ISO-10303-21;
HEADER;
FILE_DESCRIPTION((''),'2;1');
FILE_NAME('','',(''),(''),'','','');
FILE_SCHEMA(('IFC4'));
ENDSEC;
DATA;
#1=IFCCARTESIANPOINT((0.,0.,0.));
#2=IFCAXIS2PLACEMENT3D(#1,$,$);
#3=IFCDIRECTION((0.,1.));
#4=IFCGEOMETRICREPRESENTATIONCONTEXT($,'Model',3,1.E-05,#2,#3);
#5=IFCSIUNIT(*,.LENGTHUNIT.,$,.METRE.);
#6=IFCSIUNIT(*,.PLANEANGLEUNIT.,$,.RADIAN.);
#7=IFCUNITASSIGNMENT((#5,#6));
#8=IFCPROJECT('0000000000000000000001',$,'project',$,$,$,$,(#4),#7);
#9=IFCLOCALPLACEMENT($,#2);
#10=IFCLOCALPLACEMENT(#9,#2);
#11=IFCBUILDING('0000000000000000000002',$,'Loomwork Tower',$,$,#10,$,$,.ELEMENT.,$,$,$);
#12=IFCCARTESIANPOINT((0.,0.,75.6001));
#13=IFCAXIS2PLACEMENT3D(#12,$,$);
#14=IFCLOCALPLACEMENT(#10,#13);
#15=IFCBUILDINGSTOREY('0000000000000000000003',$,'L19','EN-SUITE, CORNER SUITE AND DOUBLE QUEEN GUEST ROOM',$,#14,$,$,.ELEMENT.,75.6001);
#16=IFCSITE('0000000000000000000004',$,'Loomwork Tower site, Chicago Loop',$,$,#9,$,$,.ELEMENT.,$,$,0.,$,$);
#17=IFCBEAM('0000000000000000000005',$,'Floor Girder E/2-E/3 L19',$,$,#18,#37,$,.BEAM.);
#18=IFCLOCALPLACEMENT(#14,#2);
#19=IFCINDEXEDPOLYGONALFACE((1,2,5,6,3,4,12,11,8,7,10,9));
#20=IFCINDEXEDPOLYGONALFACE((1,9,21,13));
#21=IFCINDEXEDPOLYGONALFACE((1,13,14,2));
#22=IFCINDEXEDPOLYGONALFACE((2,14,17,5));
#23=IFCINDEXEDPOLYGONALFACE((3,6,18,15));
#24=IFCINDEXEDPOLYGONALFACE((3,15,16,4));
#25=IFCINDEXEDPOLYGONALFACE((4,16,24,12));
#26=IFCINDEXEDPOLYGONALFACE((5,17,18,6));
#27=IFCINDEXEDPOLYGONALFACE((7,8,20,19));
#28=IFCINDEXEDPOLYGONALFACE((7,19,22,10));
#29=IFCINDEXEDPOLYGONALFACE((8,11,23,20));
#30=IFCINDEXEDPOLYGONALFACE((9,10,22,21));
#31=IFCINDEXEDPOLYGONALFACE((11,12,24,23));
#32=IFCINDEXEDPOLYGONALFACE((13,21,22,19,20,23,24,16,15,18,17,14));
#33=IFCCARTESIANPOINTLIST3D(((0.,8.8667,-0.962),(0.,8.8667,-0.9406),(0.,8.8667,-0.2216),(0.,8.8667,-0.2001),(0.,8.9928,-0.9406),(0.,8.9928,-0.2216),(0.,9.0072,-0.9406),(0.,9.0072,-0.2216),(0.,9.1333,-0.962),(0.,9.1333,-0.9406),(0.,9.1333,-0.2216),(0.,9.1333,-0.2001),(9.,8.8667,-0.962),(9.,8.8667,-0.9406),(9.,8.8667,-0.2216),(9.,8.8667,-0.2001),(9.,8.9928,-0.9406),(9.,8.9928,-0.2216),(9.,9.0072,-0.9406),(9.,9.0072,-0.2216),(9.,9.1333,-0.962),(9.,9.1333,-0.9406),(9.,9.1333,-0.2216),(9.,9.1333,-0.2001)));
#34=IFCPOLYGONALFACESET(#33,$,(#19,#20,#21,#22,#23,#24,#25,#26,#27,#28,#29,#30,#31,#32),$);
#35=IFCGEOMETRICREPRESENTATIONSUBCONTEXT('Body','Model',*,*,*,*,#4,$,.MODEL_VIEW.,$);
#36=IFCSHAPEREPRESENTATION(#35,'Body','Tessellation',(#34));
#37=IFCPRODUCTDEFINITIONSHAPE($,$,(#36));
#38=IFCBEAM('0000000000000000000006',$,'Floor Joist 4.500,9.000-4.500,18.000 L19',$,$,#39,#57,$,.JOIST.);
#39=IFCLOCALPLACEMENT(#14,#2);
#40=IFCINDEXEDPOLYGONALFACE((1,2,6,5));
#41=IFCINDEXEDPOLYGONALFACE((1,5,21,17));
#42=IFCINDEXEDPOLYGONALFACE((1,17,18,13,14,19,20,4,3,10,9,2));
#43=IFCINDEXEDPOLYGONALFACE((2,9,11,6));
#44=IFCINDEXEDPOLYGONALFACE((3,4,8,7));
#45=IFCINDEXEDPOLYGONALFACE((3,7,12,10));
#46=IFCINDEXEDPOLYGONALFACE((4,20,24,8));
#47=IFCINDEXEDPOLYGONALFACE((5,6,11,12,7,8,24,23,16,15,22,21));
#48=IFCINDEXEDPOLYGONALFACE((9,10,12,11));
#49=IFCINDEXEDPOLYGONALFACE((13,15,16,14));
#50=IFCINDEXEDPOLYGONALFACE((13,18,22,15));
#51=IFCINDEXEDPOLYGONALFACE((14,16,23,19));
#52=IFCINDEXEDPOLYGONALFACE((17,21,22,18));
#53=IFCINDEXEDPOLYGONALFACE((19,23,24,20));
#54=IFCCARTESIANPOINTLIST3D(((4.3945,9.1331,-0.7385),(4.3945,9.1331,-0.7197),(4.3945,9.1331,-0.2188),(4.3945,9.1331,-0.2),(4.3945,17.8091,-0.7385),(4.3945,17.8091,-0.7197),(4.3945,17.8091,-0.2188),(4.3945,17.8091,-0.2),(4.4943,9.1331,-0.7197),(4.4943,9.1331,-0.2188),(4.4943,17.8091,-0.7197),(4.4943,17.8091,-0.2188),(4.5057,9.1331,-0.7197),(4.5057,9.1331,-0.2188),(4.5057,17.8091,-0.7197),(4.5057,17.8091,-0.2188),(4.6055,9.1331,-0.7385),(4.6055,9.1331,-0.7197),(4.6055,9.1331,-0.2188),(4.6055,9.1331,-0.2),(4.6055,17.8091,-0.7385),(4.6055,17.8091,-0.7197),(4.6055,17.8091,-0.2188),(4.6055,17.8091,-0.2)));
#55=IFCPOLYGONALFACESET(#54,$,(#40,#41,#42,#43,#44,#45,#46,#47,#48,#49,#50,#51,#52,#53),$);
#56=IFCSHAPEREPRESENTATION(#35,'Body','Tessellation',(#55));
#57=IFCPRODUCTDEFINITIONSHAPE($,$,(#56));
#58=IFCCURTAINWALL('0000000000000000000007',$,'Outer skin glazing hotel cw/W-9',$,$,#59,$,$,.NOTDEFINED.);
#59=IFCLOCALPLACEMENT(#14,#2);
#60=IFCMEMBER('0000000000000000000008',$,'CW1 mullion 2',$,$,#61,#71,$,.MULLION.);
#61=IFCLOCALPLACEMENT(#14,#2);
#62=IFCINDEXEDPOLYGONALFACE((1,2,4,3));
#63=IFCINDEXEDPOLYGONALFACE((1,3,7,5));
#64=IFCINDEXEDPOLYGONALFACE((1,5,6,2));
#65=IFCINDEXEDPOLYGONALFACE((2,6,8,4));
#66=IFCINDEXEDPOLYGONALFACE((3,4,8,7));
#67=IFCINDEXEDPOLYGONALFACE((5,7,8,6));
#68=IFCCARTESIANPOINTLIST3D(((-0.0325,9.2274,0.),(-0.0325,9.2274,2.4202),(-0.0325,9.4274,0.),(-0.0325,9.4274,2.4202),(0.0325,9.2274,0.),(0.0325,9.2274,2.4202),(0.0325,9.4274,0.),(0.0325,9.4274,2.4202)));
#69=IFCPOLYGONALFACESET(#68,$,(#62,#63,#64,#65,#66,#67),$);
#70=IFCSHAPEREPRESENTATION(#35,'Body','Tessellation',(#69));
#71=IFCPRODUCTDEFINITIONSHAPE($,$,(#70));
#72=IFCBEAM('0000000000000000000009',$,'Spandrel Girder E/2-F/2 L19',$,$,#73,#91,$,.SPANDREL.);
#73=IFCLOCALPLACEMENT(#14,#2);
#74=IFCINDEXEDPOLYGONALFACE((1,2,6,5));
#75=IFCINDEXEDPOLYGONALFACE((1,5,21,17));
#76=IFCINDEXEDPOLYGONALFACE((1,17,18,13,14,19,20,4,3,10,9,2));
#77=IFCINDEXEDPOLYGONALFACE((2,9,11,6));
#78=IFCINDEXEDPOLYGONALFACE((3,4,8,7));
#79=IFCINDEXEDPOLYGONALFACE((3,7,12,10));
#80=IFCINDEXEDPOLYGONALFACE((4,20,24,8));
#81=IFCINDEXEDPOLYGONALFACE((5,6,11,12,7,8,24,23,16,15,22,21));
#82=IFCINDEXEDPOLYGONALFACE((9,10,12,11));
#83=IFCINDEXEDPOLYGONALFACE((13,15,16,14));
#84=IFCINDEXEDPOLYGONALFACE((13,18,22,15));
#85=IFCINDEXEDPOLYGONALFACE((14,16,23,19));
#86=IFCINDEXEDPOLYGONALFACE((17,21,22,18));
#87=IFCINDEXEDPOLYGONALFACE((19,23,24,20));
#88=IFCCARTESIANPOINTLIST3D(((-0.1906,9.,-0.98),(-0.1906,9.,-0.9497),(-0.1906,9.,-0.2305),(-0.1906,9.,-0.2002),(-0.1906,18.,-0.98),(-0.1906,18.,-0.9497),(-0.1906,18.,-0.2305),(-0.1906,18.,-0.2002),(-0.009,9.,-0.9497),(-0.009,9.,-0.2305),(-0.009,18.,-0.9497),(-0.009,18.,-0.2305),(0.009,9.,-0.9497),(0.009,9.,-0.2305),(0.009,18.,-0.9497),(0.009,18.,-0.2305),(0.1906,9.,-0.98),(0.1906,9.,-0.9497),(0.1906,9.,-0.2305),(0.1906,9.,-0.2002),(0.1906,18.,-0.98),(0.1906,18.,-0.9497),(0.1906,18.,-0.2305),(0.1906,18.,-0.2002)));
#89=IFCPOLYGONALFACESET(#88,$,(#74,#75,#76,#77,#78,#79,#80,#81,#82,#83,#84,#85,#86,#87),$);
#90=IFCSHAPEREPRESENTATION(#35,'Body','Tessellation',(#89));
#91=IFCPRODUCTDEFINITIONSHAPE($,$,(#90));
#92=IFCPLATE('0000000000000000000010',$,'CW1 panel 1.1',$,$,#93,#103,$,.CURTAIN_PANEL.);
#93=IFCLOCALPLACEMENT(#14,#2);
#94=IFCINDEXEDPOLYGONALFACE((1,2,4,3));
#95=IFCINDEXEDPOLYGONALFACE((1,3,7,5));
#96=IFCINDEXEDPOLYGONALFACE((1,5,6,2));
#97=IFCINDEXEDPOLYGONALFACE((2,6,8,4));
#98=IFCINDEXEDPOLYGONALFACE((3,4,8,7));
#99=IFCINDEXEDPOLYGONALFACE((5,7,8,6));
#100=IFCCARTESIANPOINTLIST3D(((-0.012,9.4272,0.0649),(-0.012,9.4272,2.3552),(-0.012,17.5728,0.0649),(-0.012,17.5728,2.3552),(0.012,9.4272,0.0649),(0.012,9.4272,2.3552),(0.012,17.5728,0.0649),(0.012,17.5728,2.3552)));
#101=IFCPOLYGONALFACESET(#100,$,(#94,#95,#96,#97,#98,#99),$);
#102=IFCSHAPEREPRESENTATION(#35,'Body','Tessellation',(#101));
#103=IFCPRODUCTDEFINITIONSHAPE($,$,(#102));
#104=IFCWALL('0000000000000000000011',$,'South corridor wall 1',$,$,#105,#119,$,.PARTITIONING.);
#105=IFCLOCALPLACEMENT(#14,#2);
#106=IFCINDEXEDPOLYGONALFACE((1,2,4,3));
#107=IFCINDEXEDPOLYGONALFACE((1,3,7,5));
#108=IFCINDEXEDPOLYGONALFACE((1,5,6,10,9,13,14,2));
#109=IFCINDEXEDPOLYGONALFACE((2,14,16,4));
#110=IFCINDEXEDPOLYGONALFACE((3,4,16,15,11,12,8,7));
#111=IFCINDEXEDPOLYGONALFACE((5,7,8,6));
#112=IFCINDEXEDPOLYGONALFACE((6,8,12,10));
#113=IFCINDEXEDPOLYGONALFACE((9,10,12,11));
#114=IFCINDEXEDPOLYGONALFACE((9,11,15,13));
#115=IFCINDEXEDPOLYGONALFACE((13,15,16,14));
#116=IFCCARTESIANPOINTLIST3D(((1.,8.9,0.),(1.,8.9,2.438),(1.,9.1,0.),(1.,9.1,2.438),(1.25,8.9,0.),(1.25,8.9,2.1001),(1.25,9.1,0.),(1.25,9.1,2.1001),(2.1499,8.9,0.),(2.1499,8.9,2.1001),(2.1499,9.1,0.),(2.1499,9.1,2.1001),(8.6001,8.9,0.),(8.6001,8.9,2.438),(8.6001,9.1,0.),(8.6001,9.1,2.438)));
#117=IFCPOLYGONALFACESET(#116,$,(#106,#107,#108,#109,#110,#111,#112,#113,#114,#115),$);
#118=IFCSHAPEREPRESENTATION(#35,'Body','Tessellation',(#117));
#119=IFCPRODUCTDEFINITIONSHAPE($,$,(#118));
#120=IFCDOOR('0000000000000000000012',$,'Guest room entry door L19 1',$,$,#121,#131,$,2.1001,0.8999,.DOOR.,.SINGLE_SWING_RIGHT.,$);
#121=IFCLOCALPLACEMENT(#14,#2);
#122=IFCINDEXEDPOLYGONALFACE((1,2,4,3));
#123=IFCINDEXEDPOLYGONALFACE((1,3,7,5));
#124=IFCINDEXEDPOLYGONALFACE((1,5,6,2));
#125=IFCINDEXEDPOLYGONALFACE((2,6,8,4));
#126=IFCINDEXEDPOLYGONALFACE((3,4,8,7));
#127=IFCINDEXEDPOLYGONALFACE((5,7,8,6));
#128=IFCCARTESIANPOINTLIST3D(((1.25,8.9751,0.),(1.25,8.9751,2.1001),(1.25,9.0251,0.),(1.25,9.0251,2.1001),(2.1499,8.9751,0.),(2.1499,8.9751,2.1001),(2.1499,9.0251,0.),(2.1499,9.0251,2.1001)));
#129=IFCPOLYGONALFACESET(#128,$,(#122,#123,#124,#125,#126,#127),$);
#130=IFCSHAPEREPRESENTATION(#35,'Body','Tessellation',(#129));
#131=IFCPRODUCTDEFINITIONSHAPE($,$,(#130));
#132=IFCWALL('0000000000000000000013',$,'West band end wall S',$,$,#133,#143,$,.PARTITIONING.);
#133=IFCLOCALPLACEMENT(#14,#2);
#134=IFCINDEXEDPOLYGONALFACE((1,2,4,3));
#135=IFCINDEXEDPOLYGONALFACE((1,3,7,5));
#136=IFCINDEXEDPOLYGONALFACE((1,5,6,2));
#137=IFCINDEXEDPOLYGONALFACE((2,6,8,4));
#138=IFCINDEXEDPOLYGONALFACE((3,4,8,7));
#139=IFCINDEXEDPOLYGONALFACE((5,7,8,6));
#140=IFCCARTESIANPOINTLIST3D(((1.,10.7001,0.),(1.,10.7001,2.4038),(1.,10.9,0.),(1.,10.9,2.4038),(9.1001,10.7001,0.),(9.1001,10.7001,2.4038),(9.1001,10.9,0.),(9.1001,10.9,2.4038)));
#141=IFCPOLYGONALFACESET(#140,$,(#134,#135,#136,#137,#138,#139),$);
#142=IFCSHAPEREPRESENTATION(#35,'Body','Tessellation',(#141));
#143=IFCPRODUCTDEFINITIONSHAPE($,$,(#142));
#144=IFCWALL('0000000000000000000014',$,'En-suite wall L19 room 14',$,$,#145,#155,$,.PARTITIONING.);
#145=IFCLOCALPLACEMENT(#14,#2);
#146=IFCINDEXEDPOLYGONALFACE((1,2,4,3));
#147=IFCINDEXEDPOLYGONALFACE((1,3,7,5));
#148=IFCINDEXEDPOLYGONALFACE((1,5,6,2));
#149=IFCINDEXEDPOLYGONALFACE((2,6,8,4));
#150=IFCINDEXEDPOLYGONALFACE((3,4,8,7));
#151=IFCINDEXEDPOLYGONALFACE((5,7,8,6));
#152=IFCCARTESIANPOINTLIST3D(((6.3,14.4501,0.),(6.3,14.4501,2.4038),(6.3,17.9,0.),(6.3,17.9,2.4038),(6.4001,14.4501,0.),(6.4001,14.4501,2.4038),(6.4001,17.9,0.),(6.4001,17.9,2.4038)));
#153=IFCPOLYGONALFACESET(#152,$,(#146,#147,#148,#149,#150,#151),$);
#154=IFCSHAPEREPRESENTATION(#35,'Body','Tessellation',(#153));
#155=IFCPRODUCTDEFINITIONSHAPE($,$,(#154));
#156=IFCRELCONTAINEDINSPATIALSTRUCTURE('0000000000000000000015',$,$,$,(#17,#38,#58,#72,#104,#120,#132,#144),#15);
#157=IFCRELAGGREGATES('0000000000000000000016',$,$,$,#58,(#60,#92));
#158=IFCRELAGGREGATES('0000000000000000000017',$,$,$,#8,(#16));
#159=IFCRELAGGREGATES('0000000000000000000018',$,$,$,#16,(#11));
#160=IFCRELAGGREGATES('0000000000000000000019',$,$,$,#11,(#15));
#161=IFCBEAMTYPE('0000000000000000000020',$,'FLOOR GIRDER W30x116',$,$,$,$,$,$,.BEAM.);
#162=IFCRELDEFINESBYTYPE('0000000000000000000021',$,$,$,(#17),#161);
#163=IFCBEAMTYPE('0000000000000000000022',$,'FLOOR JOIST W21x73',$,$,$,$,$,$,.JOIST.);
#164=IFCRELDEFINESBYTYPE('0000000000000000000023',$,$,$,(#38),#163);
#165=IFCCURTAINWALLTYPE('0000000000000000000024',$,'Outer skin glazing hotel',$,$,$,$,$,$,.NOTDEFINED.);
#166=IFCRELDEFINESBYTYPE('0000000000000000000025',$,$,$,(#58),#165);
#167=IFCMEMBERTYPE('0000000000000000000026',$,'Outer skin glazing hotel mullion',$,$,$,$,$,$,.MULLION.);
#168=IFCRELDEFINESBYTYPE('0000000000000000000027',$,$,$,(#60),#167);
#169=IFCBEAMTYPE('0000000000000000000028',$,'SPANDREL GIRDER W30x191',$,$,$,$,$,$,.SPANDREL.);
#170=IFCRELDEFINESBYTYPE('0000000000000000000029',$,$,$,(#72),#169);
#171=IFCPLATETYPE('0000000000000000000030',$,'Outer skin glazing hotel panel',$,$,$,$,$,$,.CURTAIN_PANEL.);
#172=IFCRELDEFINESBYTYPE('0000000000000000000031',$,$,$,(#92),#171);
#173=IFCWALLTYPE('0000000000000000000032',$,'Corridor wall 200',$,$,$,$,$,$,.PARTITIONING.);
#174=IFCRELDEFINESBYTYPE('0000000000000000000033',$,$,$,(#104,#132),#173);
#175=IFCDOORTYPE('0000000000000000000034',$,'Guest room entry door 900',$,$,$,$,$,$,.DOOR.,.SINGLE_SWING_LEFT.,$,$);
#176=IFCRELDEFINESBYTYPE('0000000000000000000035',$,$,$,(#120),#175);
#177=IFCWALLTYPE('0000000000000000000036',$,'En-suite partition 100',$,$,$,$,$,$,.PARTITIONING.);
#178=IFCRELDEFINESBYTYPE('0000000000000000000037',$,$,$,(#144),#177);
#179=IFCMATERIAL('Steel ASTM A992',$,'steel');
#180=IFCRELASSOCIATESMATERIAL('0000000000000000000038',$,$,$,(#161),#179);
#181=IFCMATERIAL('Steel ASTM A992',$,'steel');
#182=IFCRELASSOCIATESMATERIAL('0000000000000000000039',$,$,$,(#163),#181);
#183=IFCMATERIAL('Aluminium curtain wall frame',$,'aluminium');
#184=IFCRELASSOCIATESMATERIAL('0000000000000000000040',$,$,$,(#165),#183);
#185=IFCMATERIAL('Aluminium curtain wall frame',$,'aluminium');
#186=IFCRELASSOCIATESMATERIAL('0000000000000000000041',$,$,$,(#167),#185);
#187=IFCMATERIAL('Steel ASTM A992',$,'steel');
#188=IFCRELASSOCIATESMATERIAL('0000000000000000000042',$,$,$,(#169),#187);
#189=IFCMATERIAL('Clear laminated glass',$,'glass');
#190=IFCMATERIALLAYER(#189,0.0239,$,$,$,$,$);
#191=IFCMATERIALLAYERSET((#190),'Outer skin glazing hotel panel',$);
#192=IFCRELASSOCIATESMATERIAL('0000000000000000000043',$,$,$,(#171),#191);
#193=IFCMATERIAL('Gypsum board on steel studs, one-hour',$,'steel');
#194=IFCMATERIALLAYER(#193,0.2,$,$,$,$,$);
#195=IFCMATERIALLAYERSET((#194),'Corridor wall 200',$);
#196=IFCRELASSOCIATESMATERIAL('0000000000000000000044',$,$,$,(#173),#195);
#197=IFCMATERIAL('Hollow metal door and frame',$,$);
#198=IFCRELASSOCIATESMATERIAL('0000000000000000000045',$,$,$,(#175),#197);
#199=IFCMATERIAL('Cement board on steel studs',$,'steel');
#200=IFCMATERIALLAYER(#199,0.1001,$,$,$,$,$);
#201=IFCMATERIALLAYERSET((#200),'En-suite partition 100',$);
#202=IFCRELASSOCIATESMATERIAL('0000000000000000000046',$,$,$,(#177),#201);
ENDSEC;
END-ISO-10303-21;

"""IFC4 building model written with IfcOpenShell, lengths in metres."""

from ifc_helpers import new_model, si_unit, direction, frame, frame_2d, origin, origin_2d, place, context, subcontext, project, spatial, rectangle, i_section, extrude, material, layer, layer_set, material_profile, profile_set, type_object, element, fill, aggregate, save


model = new_model("IFC4")

# Units and contexts
model_context = context("Model", 3, precision=1e-05, world=origin(), true_north=direction((0.0, 1.0)))
body_context = subcontext(model_context, "Body", "Model", "MODEL_VIEW")
ifc_project = project(units=[si_unit("LENGTHUNIT", "METRE"), si_unit("PLANEANGLEUNIT", "RADIAN")], contexts=[model_context])

# Site, building, storey
site_placement = place(None, origin())
site = spatial("IfcSite", under=ifc_project, at=site_placement, Name="Loomwork Tower site, Chicago Loop", CompositionType="ELEMENT", RefElevation=0.0)
building_placement = place(site_placement, origin())
building = spatial("IfcBuilding", under=site, at=building_placement, Name="Loomwork Tower", CompositionType="ELEMENT")
storey_placement = place(building_placement, frame((0.0, 0.0, 75.6001)))
storey = spatial("IfcBuildingStorey", under=building, at=storey_placement, Name="L19", Description="EN-SUITE, CORNER SUITE AND DOUBLE QUEEN GUEST ROOM", CompositionType="ELEMENT", Elevation=75.6001)

# Beams
ifc_material_1 = material(Name="Steel ASTM A992", Category="steel")
ifc_material_profile_1 = material_profile(ifc_material_1, i_section(OverallWidth=0.2666, OverallDepth=0.762, WebThickness=0.0144, FlangeThickness=0.0215, at=origin_2d()), Name="W30x116")
ifc_profile_set_1 = profile_set([ifc_material_profile_1], Name="Steel ASTM A992")
beam_type_1 = type_object("IfcBeamType", Name="FLOOR GIRDER W30x116", PredefinedType="BEAM", material=ifc_profile_set_1)
beam_1_placement = place(storey_placement, frame((0.0, 9.0, -0.5811), z_axis=(1.0, 0.0, 0.0), x_axis=(0.0, 1.0, 0.0)))
element("IfcBeam", 1, at=beam_1_placement, inside=storey, type_object=beam_type_1, Name="Floor Girder E/2-E/3 L19", PredefinedType="BEAM", context=body_context, shape_type="SweptSolid", body=[
    extrude(i_section(OverallWidth=0.2666, OverallDepth=0.762, WebThickness=0.0144, FlangeThickness=0.0215, at=origin_2d()), origin(), (0.0, 0.0, 1.0), 9.0),
])
ifc_material_2 = material(Name="Steel ASTM A992", Category="steel")
ifc_material_profile_2 = material_profile(ifc_material_2, i_section(OverallWidth=0.2109, OverallDepth=0.5386, WebThickness=0.0115, FlangeThickness=0.0188, at=origin_2d()), Name="W21x73")
ifc_profile_set_2 = profile_set([ifc_material_profile_2], Name="Steel ASTM A992")
beam_type_2 = type_object("IfcBeamType", Name="FLOOR JOIST W21x73", PredefinedType="JOIST", material=ifc_profile_set_2)
beam_2_placement = place(storey_placement, frame((4.5, 9.1331, -0.4692), z_axis=(0.0, 1.0, 0.0), x_axis=(-1.0, 0.0, 0.0)))
element("IfcBeam", 2, at=beam_2_placement, inside=storey, type_object=beam_type_2, Name="Floor Joist 4.500,9.000-4.500,18.000 L19", PredefinedType="JOIST", context=body_context, shape_type="SweptSolid", body=[
    extrude(i_section(OverallWidth=0.2109, OverallDepth=0.5386, WebThickness=0.0115, FlangeThickness=0.0188, at=origin_2d()), origin(), (0.0, 0.0, 1.0), 8.676),
])

# Curtain wall, member
ifc_material_3 = material(Name="Aluminium curtain wall frame", Category="aluminium")
curtain_wall_type = type_object("IfcCurtainWallType", Name="Outer skin glazing hotel", PredefinedType="NOTDEFINED", material=ifc_material_3)
curtain_wall_placement = place(storey_placement, origin())
curtain_wall = element("IfcCurtainWall", 3, at=curtain_wall_placement, inside=storey, type_object=curtain_wall_type, Name="Outer skin glazing hotel cw/W-9", PredefinedType="NOTDEFINED")
ifc_material_4 = material(Name="Aluminium curtain wall frame", Category="aluminium")
ifc_material_profile_3 = material_profile(ifc_material_4, rectangle(XDim=0.0649, YDim=0.2, at=origin_2d()), Name="AL 65x200")
ifc_profile_set_3 = profile_set([ifc_material_profile_3], Name="Aluminium curtain wall frame")
member_type = type_object("IfcMemberType", Name="Outer skin glazing hotel mullion", PredefinedType="MULLION", material=ifc_profile_set_3)
member_placement = place(storey_placement, frame((0.0, 9.3274, 0.0), z_axis=(0.0, 0.0, 1.0), x_axis=(1.0, 0.0, 0.0)))
member = element("IfcMember", 4, at=member_placement, type_object=member_type, Name="CW1 mullion 2", PredefinedType="MULLION", context=body_context, shape_type="SweptSolid", body=[
    extrude(rectangle(XDim=0.0649, YDim=0.2, at=origin_2d()), origin(), (0.0, 0.0, 1.0), 2.4202),
])

# Beam
ifc_material_5 = material(Name="Steel ASTM A992", Category="steel")
ifc_material_profile_4 = material_profile(ifc_material_5, i_section(OverallWidth=0.3811, OverallDepth=0.7798, WebThickness=0.0181, FlangeThickness=0.0303, at=origin_2d()), Name="W30x191")
ifc_profile_set_4 = profile_set([ifc_material_profile_4], Name="Steel ASTM A992")
beam_type_3 = type_object("IfcBeamType", Name="SPANDREL GIRDER W30x191", PredefinedType="SPANDREL", material=ifc_profile_set_4)
beam_3_placement = place(storey_placement, frame((0.0, 9.0, -0.5901), z_axis=(0.0, 1.0, 0.0), x_axis=(-1.0, 0.0, 0.0)))
element("IfcBeam", 5, at=beam_3_placement, inside=storey, type_object=beam_type_3, Name="Spandrel Girder E/2-F/2 L19", PredefinedType="SPANDREL", context=body_context, shape_type="SweptSolid", body=[
    extrude(i_section(OverallWidth=0.3811, OverallDepth=0.7798, WebThickness=0.0181, FlangeThickness=0.0303, at=origin_2d()), origin(), (0.0, 0.0, 1.0), 9.0),
])

# Plate
ifc_material_6 = material(Name="Clear laminated glass", Category="glass")
ifc_layer_1 = layer(ifc_material_6, 0.0239)
ifc_layer_set_1 = layer_set([ifc_layer_1], Name="Outer skin glazing hotel panel")
plate_type = type_object("IfcPlateType", Name="Outer skin glazing hotel panel", PredefinedType="CURTAIN_PANEL", material=ifc_layer_set_1)
plate_placement = place(storey_placement, frame((0.0, 13.5, 0.0649), z_axis=(0.0, 0.0, 1.0), x_axis=(0.0, -1.0, 0.0)))
plate = element("IfcPlate", 6, at=plate_placement, type_object=plate_type, Name="CW1 panel 1.1", PredefinedType="CURTAIN_PANEL", context=body_context, shape_type="SweptSolid", body=[
    extrude(rectangle(XDim=8.1455, YDim=0.0239, at=origin_2d()), origin(), (0.0, 0.0, 1.0), 2.2903),
])
aggregate(curtain_wall, [member, plate])

# Wall, opening, door
ifc_material_7 = material(Name="Gypsum board on steel studs, one-hour", Category="steel")
ifc_layer_2 = layer(ifc_material_7, 0.2)
ifc_layer_set_2 = layer_set([ifc_layer_2], Name="Corridor wall 200")
wall_type_1 = type_object("IfcWallType", Name="Corridor wall 200", PredefinedType="PARTITIONING", material=ifc_layer_set_2)
wall_1_placement = place(storey_placement, frame((1.0, 9.0, 0.0), z_axis=(0.0, 0.0, 1.0), x_axis=(1.0, 0.0, 0.0)))
wall_1 = element("IfcWall", 7, at=wall_1_placement, inside=storey, type_object=wall_type_1, Name="South corridor wall 1", PredefinedType="PARTITIONING", context=body_context, shape_type="SweptSolid", body=[
    extrude(rectangle(XDim=7.6001, YDim=0.2, at=frame_2d((3.8, 0.0))), origin(), (0.0, 0.0, 1.0), 2.438),
])
opening_1_placement = place(wall_1_placement, frame((0.25, 0.0, 0.0)))
opening_1 = element("IfcOpeningElement", 8, at=opening_1_placement, cuts=wall_1, PredefinedType="OPENING", context=body_context, shape_type="SweptSolid", body=[
    extrude(rectangle(XDim=0.8999, YDim=2.1001, at=frame_2d((0.45, 1.05))), frame((0.0, 0.1099, 0.0), z_axis=(0.0, -1.0, 0.0), x_axis=(1.0, 0.0, 0.0)), (0.0, 0.0, 1.0), 0.22),
])
ifc_material_8 = material(Name="Hollow metal door and frame")
door_type_1 = type_object("IfcDoorType", Name="Guest room entry door 900", OperationType="SINGLE_SWING_LEFT", PredefinedType="DOOR", material=ifc_material_8)
door_1_placement = place(opening_1_placement, frame((0.8999, 0.0, 0.0), z_axis=(0.0, 0.0, 1.0), x_axis=(-1.0, 0.0, 0.0)))
door_1 = element("IfcDoor", 9, at=door_1_placement, inside=storey, type_object=door_type_1, Name="Guest room entry door L19 1", OperationType="SINGLE_SWING_RIGHT", OverallHeight=2.1001, OverallWidth=0.8999, PredefinedType="DOOR", context=body_context, shape_type="SweptSolid", body=[
    extrude(rectangle(XDim=0.8999, YDim=2.1001, at=frame_2d((0.45, 1.05))), frame((0.0, 0.0249, 0.0), z_axis=(0.0, -1.0, 0.0), x_axis=(1.0, 0.0, 0.0)), (0.0, 0.0, 1.0), 0.05),
])
fill(opening_1, door_1)

# Walls
wall_2_placement = place(storey_placement, frame((1.0, 10.8, 0.0), z_axis=(0.0, 0.0, 1.0), x_axis=(1.0, 0.0, 0.0)))
element("IfcWall", 10, at=wall_2_placement, inside=storey, type_object=wall_type_1, Name="West band end wall S", PredefinedType="PARTITIONING", context=body_context, shape_type="SweptSolid", body=[
    extrude(rectangle(XDim=8.1001, YDim=0.2, at=frame_2d((4.05, 0.0))), origin(), (0.0, 0.0, 1.0), 2.4038),
])
ifc_material_9 = material(Name="Cement board on steel studs", Category="steel")
ifc_layer_3 = layer(ifc_material_9, 0.1001)
ifc_layer_set_3 = layer_set([ifc_layer_3], Name="En-suite partition 100")
wall_type_2 = type_object("IfcWallType", Name="En-suite partition 100", PredefinedType="PARTITIONING", material=ifc_layer_set_3)
wall_3_placement = place(storey_placement, frame((6.3501, 14.45, 0.0), z_axis=(0.0, 0.0, 1.0), x_axis=(0.0, 1.0, 0.0)))
element("IfcWall", 11, at=wall_3_placement, inside=storey, type_object=wall_type_2, Name="En-suite wall L19 room 14", PredefinedType="PARTITIONING", context=body_context, shape_type="SweptSolid", body=[
    extrude(rectangle(XDim=3.45, YDim=0.1001, at=frame_2d((1.7251, 0.0))), origin(), (0.0, 0.0, 1.0), 2.4038),
])

save(model, "model.ifc")
